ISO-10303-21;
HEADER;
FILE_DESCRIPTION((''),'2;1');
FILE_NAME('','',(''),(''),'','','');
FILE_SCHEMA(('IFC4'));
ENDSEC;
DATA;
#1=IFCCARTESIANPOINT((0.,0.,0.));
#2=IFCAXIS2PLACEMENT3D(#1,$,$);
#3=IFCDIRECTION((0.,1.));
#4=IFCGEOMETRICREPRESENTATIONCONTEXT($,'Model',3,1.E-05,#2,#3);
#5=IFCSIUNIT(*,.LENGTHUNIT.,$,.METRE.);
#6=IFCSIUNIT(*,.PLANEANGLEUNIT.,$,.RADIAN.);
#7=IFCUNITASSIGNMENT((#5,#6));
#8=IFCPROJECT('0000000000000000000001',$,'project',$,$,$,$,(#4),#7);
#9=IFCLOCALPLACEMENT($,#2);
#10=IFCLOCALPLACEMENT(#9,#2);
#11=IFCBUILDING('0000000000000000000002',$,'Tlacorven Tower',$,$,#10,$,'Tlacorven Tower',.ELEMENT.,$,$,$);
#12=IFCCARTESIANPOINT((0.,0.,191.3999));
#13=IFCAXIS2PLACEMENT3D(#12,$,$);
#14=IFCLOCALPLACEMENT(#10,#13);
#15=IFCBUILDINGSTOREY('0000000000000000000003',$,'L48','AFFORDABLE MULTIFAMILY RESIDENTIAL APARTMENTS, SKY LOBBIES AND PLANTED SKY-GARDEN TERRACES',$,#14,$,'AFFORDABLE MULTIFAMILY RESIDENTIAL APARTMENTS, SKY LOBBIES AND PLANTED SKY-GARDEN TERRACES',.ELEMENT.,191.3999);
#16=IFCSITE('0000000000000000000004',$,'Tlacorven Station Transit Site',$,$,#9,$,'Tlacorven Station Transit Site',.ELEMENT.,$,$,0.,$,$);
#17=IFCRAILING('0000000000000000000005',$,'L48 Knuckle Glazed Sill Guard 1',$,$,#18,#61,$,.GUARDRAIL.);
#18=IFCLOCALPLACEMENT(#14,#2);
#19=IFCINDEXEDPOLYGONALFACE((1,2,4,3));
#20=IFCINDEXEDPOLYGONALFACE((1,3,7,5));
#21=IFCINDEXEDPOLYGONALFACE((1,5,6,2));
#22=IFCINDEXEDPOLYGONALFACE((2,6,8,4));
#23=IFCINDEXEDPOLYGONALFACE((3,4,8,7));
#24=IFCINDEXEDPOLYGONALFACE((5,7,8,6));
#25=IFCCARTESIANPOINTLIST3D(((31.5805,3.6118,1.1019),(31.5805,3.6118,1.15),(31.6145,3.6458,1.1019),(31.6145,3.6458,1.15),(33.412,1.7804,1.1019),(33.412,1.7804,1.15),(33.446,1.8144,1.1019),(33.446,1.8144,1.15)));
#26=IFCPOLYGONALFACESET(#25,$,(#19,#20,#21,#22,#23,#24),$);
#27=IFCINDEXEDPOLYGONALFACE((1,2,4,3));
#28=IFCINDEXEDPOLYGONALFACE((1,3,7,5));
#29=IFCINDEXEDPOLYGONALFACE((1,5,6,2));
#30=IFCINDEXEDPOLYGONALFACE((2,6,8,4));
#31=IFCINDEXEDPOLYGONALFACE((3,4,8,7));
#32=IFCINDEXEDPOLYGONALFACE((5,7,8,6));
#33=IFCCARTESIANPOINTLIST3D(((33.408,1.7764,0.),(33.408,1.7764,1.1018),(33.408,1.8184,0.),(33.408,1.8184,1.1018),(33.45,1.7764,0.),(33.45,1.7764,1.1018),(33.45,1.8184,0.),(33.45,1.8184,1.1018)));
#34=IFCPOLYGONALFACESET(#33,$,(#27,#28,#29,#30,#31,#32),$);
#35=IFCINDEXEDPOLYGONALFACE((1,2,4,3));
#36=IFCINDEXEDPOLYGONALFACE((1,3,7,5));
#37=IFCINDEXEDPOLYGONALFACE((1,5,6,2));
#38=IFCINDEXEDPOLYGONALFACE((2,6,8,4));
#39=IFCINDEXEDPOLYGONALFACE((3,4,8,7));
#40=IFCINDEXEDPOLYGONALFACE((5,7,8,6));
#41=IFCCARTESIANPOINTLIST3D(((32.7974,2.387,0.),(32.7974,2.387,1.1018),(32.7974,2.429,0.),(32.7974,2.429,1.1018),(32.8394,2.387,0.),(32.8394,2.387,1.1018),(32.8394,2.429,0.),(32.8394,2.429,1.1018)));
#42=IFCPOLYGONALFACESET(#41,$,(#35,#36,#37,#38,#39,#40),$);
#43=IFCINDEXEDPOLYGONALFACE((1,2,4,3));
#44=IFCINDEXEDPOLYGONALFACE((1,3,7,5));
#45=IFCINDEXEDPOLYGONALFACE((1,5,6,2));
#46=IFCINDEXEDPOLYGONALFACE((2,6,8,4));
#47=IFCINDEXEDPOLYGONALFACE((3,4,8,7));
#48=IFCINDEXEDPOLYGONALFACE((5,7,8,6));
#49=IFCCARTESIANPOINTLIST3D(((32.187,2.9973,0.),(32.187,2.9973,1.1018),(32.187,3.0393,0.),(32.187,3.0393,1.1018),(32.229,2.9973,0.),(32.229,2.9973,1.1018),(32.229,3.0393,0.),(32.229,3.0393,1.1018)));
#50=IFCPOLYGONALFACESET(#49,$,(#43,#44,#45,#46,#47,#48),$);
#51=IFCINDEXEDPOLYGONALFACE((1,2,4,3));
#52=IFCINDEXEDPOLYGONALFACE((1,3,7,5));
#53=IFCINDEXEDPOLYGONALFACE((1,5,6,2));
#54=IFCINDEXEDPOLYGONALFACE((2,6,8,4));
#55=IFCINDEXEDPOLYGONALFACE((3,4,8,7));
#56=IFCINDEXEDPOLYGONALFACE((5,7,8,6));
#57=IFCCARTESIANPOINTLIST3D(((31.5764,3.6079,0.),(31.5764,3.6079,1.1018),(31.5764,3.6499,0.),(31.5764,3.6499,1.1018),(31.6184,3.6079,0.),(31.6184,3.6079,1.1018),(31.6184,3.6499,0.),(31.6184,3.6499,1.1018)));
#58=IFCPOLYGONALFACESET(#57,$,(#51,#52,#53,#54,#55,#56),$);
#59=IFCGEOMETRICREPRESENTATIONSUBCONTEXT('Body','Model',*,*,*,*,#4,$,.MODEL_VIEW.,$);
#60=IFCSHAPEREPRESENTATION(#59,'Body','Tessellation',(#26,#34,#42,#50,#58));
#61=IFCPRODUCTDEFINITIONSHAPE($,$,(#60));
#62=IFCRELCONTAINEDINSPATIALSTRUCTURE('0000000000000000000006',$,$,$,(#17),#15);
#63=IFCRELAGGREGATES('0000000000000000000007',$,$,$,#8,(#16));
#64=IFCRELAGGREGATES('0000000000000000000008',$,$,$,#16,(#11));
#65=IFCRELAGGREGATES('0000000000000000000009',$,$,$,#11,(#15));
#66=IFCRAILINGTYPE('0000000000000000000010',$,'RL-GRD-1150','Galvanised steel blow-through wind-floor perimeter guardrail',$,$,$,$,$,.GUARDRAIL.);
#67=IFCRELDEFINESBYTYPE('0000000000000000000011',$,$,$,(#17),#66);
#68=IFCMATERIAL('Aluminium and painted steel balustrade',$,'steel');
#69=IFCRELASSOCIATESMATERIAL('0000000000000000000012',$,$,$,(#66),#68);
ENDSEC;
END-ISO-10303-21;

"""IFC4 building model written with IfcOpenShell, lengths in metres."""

from ifc_helpers import new_model, si_unit, direction, frame, origin, origin_2d, place, context, subcontext, project, spatial, rectangle, extrude, source, transform, mapped, material, type_object, element, save


model = new_model("IFC4")

# Units and contexts
model_context = context("Model", 3, precision=1e-05, world=origin(), true_north=direction((0.0, 1.0)))
body_context = subcontext(model_context, "Body", "Model", "MODEL_VIEW")
ifc_project = project(units=[si_unit("LENGTHUNIT", "METRE"), si_unit("PLANEANGLEUNIT", "RADIAN")], contexts=[model_context])

# Site, building, storey
site_placement = place(None, origin())
site = spatial("IfcSite", under=ifc_project, at=site_placement, Name="Tlacorven Station Transit Site", LongName="Tlacorven Station Transit Site", CompositionType="ELEMENT", RefElevation=0.0)
building_placement = place(site_placement, origin())
building = spatial("IfcBuilding", under=site, at=building_placement, Name="Tlacorven Tower", LongName="Tlacorven Tower", CompositionType="ELEMENT")
storey_placement = place(building_placement, frame((0.0, 0.0, 191.3999)))
storey = spatial("IfcBuildingStorey", under=building, at=storey_placement, Name="L48", Description="AFFORDABLE MULTIFAMILY RESIDENTIAL APARTMENTS, SKY LOBBIES AND PLANTED SKY-GARDEN TERRACES", LongName="AFFORDABLE MULTIFAMILY RESIDENTIAL APARTMENTS, SKY LOBBIES AND PLANTED SKY-GARDEN TERRACES", CompositionType="ELEMENT", Elevation=191.3999)

# Railing
ifc_material_1 = material(Name="Aluminium and painted steel balustrade", Category="steel")
railing_type = type_object("IfcRailingType", Name="RL-GRD-1150", Description="Galvanised steel blow-through wind-floor perimeter guardrail", PredefinedType="GUARDRAIL", material=ifc_material_1)
shared_shape_1 = source(origin(), body_context, "Body", "SweptSolid", [
    extrude(rectangle(XDim=0.0481, YDim=0.0481, at=origin_2d()), frame((0.0, 0.0, 1.126), z_axis=(-0.707107, 0.707107, 0.0), x_axis=(-0.707107, -0.707107, 0.0)), (0.0, 0.0, 1.0), 2.5901),
    extrude(rectangle(XDim=0.042, YDim=0.042, at=origin_2d()), origin(), (0.0, 0.0, 1.0), 1.1018),
    extrude(rectangle(XDim=0.042, YDim=0.042, at=origin_2d()), frame((-0.6106, 0.6106, 0.0)), (0.0, 0.0, 1.0), 1.1018),
    extrude(rectangle(XDim=0.042, YDim=0.042, at=origin_2d()), frame((-1.2209, 1.2209, 0.0)), (0.0, 0.0, 1.0), 1.1018),
    extrude(rectangle(XDim=0.042, YDim=0.042, at=origin_2d()), frame((-1.8315, 1.8315, 0.0)), (0.0, 0.0, 1.0), 1.1018),
])
railing_placement = place(storey_placement, frame((33.429, 1.7974, 0.0)))
element("IfcRailing", 1, at=railing_placement, inside=storey, type_object=railing_type, Name="L48 Knuckle Glazed Sill Guard 1", PredefinedType="GUARDRAIL", context=body_context, shape_type="MappedRepresentation", body=[
    mapped(shared_shape_1, transform((0.0, 0.0, 0.0), scale=1.0)),
])

save(model, "model.ifc")
